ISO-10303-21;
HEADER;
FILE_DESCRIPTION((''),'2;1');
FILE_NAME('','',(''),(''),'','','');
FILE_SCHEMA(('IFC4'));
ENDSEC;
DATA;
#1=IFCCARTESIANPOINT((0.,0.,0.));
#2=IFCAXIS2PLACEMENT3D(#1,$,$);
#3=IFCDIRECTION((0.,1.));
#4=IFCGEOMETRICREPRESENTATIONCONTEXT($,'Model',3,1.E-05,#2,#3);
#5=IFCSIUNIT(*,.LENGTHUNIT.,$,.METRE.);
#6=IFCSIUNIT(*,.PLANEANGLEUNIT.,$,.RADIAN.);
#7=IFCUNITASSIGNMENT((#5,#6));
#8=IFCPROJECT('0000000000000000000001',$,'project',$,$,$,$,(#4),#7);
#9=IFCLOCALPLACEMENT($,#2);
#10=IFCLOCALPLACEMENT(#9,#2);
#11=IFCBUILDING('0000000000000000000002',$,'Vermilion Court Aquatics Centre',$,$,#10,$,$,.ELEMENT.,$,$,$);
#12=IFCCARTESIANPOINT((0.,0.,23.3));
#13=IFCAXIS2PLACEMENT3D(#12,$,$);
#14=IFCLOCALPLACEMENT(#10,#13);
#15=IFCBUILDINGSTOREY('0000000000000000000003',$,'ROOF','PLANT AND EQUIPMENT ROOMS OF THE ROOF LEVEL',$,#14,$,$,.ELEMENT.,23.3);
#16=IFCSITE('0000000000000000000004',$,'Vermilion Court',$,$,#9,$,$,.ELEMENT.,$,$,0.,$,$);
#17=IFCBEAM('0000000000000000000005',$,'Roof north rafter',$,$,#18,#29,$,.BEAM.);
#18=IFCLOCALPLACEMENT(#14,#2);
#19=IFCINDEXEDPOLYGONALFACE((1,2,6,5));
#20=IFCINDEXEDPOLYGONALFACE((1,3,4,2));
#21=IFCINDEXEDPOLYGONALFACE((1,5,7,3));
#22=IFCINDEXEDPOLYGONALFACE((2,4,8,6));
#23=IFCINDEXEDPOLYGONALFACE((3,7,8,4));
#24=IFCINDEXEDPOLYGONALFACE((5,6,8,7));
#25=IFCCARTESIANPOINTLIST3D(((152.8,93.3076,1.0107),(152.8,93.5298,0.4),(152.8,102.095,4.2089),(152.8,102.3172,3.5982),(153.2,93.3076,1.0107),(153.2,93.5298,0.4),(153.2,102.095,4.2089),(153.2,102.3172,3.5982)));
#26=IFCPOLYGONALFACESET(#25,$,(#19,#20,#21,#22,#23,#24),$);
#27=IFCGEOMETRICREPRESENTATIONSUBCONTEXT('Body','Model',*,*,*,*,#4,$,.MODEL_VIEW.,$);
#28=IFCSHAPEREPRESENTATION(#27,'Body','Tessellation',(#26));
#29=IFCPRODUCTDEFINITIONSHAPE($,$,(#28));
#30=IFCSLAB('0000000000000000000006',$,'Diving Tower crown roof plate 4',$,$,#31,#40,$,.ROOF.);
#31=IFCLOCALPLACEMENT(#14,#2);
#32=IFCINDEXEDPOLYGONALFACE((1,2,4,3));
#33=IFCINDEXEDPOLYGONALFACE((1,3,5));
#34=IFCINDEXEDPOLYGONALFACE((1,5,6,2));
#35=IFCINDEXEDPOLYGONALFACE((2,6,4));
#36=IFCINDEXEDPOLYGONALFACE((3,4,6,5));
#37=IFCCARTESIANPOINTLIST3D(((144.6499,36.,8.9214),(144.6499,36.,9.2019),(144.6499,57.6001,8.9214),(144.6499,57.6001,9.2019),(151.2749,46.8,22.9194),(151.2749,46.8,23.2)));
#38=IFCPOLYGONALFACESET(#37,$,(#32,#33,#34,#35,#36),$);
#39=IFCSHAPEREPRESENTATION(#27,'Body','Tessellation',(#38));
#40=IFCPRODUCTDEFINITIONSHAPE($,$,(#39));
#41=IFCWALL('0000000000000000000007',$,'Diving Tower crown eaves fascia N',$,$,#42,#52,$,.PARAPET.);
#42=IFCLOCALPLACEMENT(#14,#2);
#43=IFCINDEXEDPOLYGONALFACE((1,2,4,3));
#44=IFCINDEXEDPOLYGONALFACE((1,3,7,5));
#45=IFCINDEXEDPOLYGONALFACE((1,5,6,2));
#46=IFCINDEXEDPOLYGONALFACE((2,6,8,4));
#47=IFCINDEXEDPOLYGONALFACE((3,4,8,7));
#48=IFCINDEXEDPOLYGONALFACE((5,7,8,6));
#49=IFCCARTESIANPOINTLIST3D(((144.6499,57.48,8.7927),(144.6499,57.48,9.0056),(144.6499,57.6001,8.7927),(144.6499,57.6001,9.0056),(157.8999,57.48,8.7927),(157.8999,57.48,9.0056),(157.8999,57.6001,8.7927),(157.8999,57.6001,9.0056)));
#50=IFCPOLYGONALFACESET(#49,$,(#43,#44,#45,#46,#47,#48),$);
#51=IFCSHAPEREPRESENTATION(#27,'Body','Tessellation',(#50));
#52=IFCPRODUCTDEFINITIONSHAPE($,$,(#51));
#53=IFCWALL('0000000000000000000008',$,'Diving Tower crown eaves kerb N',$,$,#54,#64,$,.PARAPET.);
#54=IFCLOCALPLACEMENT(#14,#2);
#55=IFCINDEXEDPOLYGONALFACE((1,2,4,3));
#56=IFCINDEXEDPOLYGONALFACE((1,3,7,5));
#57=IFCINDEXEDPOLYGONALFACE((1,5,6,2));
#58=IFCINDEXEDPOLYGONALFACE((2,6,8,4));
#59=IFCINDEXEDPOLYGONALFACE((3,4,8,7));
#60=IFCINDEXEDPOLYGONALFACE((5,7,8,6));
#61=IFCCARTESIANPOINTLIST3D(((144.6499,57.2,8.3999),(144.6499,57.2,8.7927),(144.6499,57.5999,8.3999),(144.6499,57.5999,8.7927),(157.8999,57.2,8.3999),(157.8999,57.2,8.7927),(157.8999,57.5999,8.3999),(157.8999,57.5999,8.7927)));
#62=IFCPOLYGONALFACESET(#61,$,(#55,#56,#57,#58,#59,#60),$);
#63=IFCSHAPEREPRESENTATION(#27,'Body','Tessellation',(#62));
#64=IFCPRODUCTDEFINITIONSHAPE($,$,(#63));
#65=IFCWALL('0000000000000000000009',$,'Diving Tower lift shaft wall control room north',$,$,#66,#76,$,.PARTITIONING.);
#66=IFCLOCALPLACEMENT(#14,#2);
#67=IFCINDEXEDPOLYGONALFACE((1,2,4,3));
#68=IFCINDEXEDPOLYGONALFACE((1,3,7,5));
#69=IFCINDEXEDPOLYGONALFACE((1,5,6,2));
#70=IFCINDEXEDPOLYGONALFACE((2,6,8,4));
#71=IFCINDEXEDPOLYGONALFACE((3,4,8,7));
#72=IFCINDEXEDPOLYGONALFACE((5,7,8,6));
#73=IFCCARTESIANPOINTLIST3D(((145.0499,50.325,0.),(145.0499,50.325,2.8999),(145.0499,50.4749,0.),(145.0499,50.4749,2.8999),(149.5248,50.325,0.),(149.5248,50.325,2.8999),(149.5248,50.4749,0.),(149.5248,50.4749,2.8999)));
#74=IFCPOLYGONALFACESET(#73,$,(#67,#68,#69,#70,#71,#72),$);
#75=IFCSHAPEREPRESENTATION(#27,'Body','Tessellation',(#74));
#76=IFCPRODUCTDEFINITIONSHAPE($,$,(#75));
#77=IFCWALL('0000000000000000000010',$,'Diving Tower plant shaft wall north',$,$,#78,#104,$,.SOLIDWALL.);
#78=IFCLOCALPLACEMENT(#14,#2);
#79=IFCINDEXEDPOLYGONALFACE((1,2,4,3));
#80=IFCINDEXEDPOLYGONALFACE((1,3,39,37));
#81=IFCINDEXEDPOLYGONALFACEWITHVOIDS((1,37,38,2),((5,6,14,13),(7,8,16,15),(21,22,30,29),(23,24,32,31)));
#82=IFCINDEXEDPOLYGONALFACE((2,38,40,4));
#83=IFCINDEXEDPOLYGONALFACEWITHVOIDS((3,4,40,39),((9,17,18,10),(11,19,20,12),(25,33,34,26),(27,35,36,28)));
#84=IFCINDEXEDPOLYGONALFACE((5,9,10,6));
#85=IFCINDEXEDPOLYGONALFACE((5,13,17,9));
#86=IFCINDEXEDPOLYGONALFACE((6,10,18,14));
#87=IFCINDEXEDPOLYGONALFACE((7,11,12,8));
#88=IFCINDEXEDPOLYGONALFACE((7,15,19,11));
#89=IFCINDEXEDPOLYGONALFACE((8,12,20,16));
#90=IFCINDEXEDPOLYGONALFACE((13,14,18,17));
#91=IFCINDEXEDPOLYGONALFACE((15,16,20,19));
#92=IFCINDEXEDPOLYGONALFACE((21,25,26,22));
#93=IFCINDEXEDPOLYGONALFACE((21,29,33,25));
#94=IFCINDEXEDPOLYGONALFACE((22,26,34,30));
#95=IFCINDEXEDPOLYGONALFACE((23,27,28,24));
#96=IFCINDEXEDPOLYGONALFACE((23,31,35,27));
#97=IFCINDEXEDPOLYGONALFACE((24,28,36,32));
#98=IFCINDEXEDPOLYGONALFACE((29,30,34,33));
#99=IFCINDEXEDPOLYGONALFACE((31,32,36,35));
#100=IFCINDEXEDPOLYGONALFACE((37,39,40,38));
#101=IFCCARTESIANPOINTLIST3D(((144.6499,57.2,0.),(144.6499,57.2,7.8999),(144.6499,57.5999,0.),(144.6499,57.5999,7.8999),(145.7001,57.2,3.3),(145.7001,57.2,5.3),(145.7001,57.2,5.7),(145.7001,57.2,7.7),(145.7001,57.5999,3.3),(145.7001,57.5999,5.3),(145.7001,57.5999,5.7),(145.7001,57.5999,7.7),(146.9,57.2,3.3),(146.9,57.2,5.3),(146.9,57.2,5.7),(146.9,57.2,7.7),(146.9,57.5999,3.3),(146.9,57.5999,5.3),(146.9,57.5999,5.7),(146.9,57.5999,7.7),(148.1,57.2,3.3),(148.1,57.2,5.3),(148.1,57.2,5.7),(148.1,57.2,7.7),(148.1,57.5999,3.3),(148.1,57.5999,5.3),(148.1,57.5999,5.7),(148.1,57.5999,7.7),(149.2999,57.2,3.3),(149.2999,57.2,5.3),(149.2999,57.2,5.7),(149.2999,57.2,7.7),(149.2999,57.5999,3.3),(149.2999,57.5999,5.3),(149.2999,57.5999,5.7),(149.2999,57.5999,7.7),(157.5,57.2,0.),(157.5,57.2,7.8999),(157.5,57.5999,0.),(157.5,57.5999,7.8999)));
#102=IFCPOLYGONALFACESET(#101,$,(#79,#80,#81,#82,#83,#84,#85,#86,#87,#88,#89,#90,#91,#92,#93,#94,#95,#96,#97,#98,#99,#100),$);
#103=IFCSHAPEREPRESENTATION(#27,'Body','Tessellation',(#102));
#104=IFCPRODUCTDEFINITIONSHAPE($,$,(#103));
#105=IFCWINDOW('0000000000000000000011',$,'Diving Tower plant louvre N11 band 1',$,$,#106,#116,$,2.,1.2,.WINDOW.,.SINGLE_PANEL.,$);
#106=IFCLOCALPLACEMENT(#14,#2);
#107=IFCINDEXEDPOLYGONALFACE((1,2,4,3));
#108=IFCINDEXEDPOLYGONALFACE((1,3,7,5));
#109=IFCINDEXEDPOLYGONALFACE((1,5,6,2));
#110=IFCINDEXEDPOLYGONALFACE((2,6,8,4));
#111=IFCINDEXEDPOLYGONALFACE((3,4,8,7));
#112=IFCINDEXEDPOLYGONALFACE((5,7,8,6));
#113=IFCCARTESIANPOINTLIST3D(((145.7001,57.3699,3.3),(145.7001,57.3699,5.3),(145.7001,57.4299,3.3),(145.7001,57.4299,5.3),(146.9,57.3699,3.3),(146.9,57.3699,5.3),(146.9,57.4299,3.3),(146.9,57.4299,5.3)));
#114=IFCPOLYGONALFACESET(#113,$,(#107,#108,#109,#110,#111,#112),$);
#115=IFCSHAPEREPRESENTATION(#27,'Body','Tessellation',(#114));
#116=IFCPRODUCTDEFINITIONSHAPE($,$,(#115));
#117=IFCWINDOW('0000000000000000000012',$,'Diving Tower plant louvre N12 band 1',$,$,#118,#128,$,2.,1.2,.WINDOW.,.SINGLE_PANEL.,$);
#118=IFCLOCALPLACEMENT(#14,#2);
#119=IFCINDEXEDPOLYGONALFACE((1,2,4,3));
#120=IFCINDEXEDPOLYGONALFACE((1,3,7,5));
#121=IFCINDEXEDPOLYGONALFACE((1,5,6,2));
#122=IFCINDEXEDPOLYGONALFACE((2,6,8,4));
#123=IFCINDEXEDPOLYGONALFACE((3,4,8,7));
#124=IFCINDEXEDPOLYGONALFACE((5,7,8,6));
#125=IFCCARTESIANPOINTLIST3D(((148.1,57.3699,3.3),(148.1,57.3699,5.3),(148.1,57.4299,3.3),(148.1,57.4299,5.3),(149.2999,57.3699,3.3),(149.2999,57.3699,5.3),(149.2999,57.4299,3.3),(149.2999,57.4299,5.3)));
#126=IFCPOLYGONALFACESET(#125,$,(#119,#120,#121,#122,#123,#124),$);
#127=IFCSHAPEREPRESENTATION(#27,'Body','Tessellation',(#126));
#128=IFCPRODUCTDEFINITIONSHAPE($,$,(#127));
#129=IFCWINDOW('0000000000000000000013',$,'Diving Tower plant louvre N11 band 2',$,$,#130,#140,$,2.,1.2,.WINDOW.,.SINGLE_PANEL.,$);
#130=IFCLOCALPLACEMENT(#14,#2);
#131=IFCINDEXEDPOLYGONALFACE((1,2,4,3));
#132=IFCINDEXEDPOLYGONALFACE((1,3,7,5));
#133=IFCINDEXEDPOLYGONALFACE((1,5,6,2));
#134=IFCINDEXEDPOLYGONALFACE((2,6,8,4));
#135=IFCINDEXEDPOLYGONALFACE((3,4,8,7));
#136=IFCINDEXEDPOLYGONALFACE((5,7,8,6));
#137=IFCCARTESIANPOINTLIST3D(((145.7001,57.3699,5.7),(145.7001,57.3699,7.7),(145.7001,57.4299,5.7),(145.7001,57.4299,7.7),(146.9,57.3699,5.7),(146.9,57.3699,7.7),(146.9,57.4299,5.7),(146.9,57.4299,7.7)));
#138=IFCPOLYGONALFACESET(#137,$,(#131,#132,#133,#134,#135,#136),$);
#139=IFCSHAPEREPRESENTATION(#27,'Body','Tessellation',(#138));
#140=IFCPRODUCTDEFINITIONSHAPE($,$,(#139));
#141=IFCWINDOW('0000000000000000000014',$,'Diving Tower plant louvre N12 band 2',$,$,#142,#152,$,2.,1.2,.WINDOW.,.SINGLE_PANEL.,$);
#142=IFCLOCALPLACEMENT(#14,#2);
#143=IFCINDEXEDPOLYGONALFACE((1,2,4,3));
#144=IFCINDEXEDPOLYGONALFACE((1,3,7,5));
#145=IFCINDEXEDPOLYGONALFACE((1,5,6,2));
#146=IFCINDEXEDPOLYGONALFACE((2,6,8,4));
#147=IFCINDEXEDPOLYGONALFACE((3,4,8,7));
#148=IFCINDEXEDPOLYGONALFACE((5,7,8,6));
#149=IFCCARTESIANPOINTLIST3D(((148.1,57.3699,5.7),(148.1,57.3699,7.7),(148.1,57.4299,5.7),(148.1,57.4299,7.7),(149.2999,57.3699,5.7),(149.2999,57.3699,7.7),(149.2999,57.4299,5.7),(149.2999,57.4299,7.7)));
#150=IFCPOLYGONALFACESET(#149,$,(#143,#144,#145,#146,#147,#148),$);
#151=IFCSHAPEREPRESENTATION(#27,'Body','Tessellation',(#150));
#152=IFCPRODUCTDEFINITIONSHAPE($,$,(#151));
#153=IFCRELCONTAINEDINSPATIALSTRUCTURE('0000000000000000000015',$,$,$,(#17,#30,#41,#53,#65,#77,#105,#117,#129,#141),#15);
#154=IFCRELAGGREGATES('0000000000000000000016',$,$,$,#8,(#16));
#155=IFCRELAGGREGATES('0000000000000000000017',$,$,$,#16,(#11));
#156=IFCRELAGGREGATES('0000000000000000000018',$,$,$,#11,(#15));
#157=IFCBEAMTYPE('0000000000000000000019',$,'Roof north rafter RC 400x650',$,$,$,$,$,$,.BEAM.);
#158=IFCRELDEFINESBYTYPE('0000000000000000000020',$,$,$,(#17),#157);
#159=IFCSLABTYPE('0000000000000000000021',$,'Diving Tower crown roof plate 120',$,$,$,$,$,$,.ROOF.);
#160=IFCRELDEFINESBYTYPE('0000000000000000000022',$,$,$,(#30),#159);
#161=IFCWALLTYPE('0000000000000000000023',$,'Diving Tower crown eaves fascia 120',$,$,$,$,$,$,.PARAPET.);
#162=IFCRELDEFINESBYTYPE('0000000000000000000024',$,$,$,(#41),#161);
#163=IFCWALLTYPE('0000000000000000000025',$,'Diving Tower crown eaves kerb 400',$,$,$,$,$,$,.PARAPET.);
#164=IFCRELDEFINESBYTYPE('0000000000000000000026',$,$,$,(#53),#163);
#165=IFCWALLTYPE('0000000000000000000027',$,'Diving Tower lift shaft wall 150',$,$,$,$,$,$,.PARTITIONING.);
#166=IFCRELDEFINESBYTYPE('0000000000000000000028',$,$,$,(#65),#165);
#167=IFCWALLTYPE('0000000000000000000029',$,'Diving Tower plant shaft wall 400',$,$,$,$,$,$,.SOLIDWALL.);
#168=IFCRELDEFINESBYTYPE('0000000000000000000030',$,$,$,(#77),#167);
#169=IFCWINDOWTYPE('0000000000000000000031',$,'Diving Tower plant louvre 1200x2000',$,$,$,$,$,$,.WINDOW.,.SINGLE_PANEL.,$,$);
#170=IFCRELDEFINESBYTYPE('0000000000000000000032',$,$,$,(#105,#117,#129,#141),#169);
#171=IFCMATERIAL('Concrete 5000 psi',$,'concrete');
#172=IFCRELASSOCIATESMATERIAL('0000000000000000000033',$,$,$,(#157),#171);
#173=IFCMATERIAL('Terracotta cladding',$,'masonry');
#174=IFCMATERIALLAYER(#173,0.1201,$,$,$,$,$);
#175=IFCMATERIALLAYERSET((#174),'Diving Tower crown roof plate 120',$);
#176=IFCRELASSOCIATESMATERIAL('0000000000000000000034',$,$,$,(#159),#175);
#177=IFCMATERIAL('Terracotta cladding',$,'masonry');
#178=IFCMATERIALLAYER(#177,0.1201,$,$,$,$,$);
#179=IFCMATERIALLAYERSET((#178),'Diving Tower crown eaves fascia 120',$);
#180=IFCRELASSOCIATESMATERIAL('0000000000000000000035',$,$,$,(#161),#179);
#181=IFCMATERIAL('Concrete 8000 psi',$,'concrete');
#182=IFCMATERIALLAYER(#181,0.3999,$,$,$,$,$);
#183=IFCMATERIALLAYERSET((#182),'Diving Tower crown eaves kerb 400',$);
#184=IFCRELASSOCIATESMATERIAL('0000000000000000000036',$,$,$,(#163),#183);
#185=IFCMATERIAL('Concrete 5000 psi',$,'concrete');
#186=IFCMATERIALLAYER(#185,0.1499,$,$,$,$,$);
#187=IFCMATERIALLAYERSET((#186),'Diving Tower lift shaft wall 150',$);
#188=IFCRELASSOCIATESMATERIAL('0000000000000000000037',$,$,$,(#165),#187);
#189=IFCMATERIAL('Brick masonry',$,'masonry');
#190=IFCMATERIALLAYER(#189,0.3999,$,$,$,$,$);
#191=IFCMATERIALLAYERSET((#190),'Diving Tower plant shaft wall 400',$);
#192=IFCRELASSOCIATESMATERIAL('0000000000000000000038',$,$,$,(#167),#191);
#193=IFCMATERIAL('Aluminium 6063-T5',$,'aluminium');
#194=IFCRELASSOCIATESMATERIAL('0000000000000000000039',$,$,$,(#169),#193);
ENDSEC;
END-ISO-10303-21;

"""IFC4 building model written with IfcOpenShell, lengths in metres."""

from ifc_helpers import new_model, si_unit, direction, frame, frame_2d, origin, origin_2d, place, context, subcontext, project, spatial, polyline, rectangle, outline, extrude, material, layer, layer_set, material_profile, profile_set, type_object, element, fill, save


model = new_model("IFC4")

# Units and contexts
model_context = context("Model", 3, precision=1e-05, world=origin(), true_north=direction((0.0, 1.0)))
body_context = subcontext(model_context, "Body", "Model", "MODEL_VIEW")
ifc_project = project(units=[si_unit("LENGTHUNIT", "METRE"), si_unit("PLANEANGLEUNIT", "RADIAN")], contexts=[model_context])

# Site, building, storey
site_placement = place(None, origin())
site = spatial("IfcSite", under=ifc_project, at=site_placement, Name="Vermilion Court", CompositionType="ELEMENT", RefElevation=0.0)
building_placement = place(site_placement, origin())
building = spatial("IfcBuilding", under=site, at=building_placement, Name="Vermilion Court Aquatics Centre", CompositionType="ELEMENT")
storey_placement = place(building_placement, frame((0.0, 0.0, 23.3)))
storey = spatial("IfcBuildingStorey", under=building, at=storey_placement, Name="ROOF", Description="PLANT AND EQUIPMENT ROOMS OF THE ROOF LEVEL", CompositionType="ELEMENT", Elevation=23.3)

# Beam
ifc_material_1 = material(Name="Concrete 5000 psi", Category="concrete")
ifc_material_profile_1 = material_profile(ifc_material_1, rectangle(XDim=0.3999, YDim=0.6499, at=origin_2d()), Name="RC 400x650")
ifc_profile_set_1 = profile_set([ifc_material_profile_1], Name="Concrete 5000 psi")
beam_type_1 = type_object("IfcBeamType", Name="Roof north rafter RC 400x650", PredefinedType="BEAM", material=ifc_profile_set_1)
beam_1_placement = place(storey_placement, frame((153.0, 93.4187, 0.7053), z_axis=(0.0, 0.939696, 0.342011), x_axis=(-1.0, 0.0, 0.0)))
element("IfcBeam", 1, at=beam_1_placement, inside=storey, type_object=beam_type_1, Name="Roof north rafter", PredefinedType="BEAM", context=body_context, shape_type="SweptSolid", body=[
    extrude(rectangle(XDim=0.3999, YDim=0.6499, at=origin_2d()), origin(), (0.0, 0.0, 1.0), 9.3513),
])

# Slab
ifc_material_2 = material(Name="Terracotta cladding", Category="masonry")
ifc_layer_1 = layer(ifc_material_2, 0.1201)
ifc_layer_set_1 = layer_set([ifc_layer_1], Name="Diving Tower crown roof plate 120")
slab_type = type_object("IfcSlabType", Name="Diving Tower crown roof plate 120", PredefinedType="ROOF", material=ifc_layer_set_1)
slab_placement = place(storey_placement, frame((144.6499, 57.6001, 9.2019), z_axis=(-0.903879, 0.0, 0.427788), x_axis=(0.0, -1.0, 0.0)))
element("IfcSlab", 2, at=slab_placement, inside=storey, type_object=slab_type, Name="Diving Tower crown roof plate 4", PredefinedType="ROOF", context=body_context, shape_type="SweptSolid", body=[
    extrude(outline(polyline([(0.0, 0.0), (21.6001, 0.0), (10.8, 15.4866), (0.0, 0.0)])), origin(), (0.0, -0.903879, -0.427788), 0.2805),
])

# Walls
ifc_material_3 = material(Name="Terracotta cladding", Category="masonry")
ifc_layer_2 = layer(ifc_material_3, 0.1201)
ifc_layer_set_2 = layer_set([ifc_layer_2], Name="Diving Tower crown eaves fascia 120")
wall_type_1 = type_object("IfcWallType", Name="Diving Tower crown eaves fascia 120", PredefinedType="PARAPET", material=ifc_layer_set_2)
wall_1_placement = place(storey_placement, frame((144.6499, 57.54, 8.7927), z_axis=(0.0, 0.0, 1.0), x_axis=(1.0, 0.0, 0.0)))
element("IfcWall", 3, at=wall_1_placement, inside=storey, type_object=wall_type_1, Name="Diving Tower crown eaves fascia N", PredefinedType="PARAPET", context=body_context, shape_type="SweptSolid", body=[
    extrude(rectangle(XDim=13.25, YDim=0.1201, at=frame_2d((6.625, 0.0))), origin(), (0.0, 0.0, 1.0), 0.2129),
])
ifc_material_4 = material(Name="Concrete 8000 psi", Category="concrete")
ifc_layer_3 = layer(ifc_material_4, 0.3999)
ifc_layer_set_3 = layer_set([ifc_layer_3], Name="Diving Tower crown eaves kerb 400")
wall_type_2 = type_object("IfcWallType", Name="Diving Tower crown eaves kerb 400", PredefinedType="PARAPET", material=ifc_layer_set_3)
wall_2_placement = place(storey_placement, frame((144.6499, 57.3999, 8.3999), z_axis=(0.0, 0.0, 1.0), x_axis=(1.0, 0.0, 0.0)))
element("IfcWall", 4, at=wall_2_placement, inside=storey, type_object=wall_type_2, Name="Diving Tower crown eaves kerb N", PredefinedType="PARAPET", context=body_context, shape_type="SweptSolid", body=[
    extrude(rectangle(XDim=13.25, YDim=0.3999, at=frame_2d((6.625, 0.0))), origin(), (0.0, 0.0, 1.0), 0.3928),
])
ifc_material_5 = material(Name="Concrete 5000 psi", Category="concrete")
ifc_layer_4 = layer(ifc_material_5, 0.1499)
ifc_layer_set_4 = layer_set([ifc_layer_4], Name="Diving Tower lift shaft wall 150")
wall_type_3 = type_object("IfcWallType", Name="Diving Tower lift shaft wall 150", PredefinedType="PARTITIONING", material=ifc_layer_set_4)
wall_3_placement = place(storey_placement, frame((145.05, 50.3999, 0.0), z_axis=(0.0, 0.0, 1.0), x_axis=(1.0, 0.0, 0.0)))
element("IfcWall", 5, at=wall_3_placement, inside=storey, type_object=wall_type_3, Name="Diving Tower lift shaft wall control room north", PredefinedType="PARTITIONING", context=body_context, shape_type="SweptSolid", body=[
    extrude(rectangle(XDim=4.4749, YDim=0.1499, at=frame_2d((2.2373, 0.0))), origin(), (0.0, 0.0, 1.0), 2.8999),
])

# Wall, openings, windows
ifc_material_6 = material(Name="Brick masonry", Category="masonry")
ifc_layer_5 = layer(ifc_material_6, 0.3999)
ifc_layer_set_5 = layer_set([ifc_layer_5], Name="Diving Tower plant shaft wall 400")
wall_type_4 = type_object("IfcWallType", Name="Diving Tower plant shaft wall 400", PredefinedType="SOLIDWALL", material=ifc_layer_set_5)
wall_4_placement = place(storey_placement, frame((144.6499, 57.3999, 0.0), z_axis=(0.0, 0.0, 1.0), x_axis=(1.0, 0.0, 0.0)))
wall_4 = element("IfcWall", 6, at=wall_4_placement, inside=storey, type_object=wall_type_4, Name="Diving Tower plant shaft wall north", PredefinedType="SOLIDWALL", context=body_context, shape_type="SweptSolid", body=[
    extrude(rectangle(XDim=12.8501, YDim=0.3999, at=frame_2d((6.425, 0.0))), origin(), (0.0, 0.0, 1.0), 7.8999),
])
opening_1_placement = place(wall_4_placement, frame((1.05, 0.0, 3.3)))
opening_1 = element("IfcOpeningElement", 7, at=opening_1_placement, cuts=wall_4, PredefinedType="OPENING", context=body_context, shape_type="SweptSolid", body=[
    extrude(rectangle(XDim=1.2, YDim=2.0, at=frame_2d((0.6001, 1.0))), frame((0.0, 0.21, 0.0), z_axis=(0.0, -1.0, 0.0), x_axis=(1.0, 0.0, 0.0)), (0.0, 0.0, 1.0), 0.4199),
])
opening_2_placement = place(wall_4_placement, frame((3.45, 0.0, 3.3)))
opening_2 = element("IfcOpeningElement", 8, at=opening_2_placement, cuts=wall_4, PredefinedType="OPENING", context=body_context, shape_type="SweptSolid", body=[
    extrude(rectangle(XDim=1.2, YDim=2.0, at=frame_2d((0.6001, 1.0))), frame((0.0, 0.21, 0.0), z_axis=(0.0, -1.0, 0.0), x_axis=(1.0, 0.0, 0.0)), (0.0, 0.0, 1.0), 0.4199),
])
opening_3_placement = place(wall_4_placement, frame((1.05, 0.0, 5.7)))
opening_3 = element("IfcOpeningElement", 9, at=opening_3_placement, cuts=wall_4, PredefinedType="OPENING", context=body_context, shape_type="SweptSolid", body=[
    extrude(rectangle(XDim=1.2, YDim=2.0, at=frame_2d((0.6001, 1.0))), frame((0.0, 0.21, 0.0), z_axis=(0.0, -1.0, 0.0), x_axis=(1.0, 0.0, 0.0)), (0.0, 0.0, 1.0), 0.4199),
])
opening_4_placement = place(wall_4_placement, frame((3.45, 0.0, 5.7)))
opening_4 = element("IfcOpeningElement", 10, at=opening_4_placement, cuts=wall_4, PredefinedType="OPENING", context=body_context, shape_type="SweptSolid", body=[
    extrude(rectangle(XDim=1.2, YDim=2.0, at=frame_2d((0.6001, 1.0))), frame((0.0, 0.21, 0.0), z_axis=(0.0, -1.0, 0.0), x_axis=(1.0, 0.0, 0.0)), (0.0, 0.0, 1.0), 0.4199),
])
ifc_material_7 = material(Name="Aluminium 6063-T5", Category="aluminium")
window_type = type_object("IfcWindowType", Name="Diving Tower plant louvre 1200x2000", PartitioningType="SINGLE_PANEL", PredefinedType="WINDOW", material=ifc_material_7)
window_1_placement = place(opening_1_placement, origin())
window_1 = element("IfcWindow", 11, at=window_1_placement, inside=storey, type_object=window_type, Name="Diving Tower plant louvre N11 band 1", OverallHeight=2.0, OverallWidth=1.2, PartitioningType="SINGLE_PANEL", PredefinedType="WINDOW", context=body_context, shape_type="SweptSolid", body=[
    extrude(rectangle(XDim=1.2, YDim=2.0, at=frame_2d((0.6001, 1.0))), frame((0.0, 0.03, 0.0), z_axis=(0.0, -1.0, 0.0), x_axis=(1.0, 0.0, 0.0)), (0.0, 0.0, 1.0), 0.0601),
])
fill(opening_1, window_1)
window_2_placement = place(opening_2_placement, origin())
window_2 = element("IfcWindow", 12, at=window_2_placement, inside=storey, type_object=window_type, Name="Diving Tower plant louvre N12 band 1", OverallHeight=2.0, OverallWidth=1.2, PartitioningType="SINGLE_PANEL", PredefinedType="WINDOW", context=body_context, shape_type="SweptSolid", body=[
    extrude(rectangle(XDim=1.2, YDim=2.0, at=frame_2d((0.6001, 1.0))), frame((0.0, 0.03, 0.0), z_axis=(0.0, -1.0, 0.0), x_axis=(1.0, 0.0, 0.0)), (0.0, 0.0, 1.0), 0.0601),
])
fill(opening_2, window_2)
window_3_placement = place(opening_3_placement, origin())
window_3 = element("IfcWindow", 13, at=window_3_placement, inside=storey, type_object=window_type, Name="Diving Tower plant louvre N11 band 2", OverallHeight=2.0, OverallWidth=1.2, PartitioningType="SINGLE_PANEL", PredefinedType="WINDOW", context=body_context, shape_type="SweptSolid", body=[
    extrude(rectangle(XDim=1.2, YDim=2.0, at=frame_2d((0.6001, 1.0))), frame((0.0, 0.03, 0.0), z_axis=(0.0, -1.0, 0.0), x_axis=(1.0, 0.0, 0.0)), (0.0, 0.0, 1.0), 0.0601),
])
fill(opening_3, window_3)
window_4_placement = place(opening_4_placement, origin())
window_4 = element("IfcWindow", 14, at=window_4_placement, inside=storey, type_object=window_type, Name="Diving Tower plant louvre N12 band 2", OverallHeight=2.0, OverallWidth=1.2, PartitioningType="SINGLE_PANEL", PredefinedType="WINDOW", context=body_context, shape_type="SweptSolid", body=[
    extrude(rectangle(XDim=1.2, YDim=2.0, at=frame_2d((0.6001, 1.0))), frame((0.0, 0.03, 0.0), z_axis=(0.0, -1.0, 0.0), x_axis=(1.0, 0.0, 0.0)), (0.0, 0.0, 1.0), 0.0601),
])
fill(opening_4, window_4)

save(model, "model.ifc")
